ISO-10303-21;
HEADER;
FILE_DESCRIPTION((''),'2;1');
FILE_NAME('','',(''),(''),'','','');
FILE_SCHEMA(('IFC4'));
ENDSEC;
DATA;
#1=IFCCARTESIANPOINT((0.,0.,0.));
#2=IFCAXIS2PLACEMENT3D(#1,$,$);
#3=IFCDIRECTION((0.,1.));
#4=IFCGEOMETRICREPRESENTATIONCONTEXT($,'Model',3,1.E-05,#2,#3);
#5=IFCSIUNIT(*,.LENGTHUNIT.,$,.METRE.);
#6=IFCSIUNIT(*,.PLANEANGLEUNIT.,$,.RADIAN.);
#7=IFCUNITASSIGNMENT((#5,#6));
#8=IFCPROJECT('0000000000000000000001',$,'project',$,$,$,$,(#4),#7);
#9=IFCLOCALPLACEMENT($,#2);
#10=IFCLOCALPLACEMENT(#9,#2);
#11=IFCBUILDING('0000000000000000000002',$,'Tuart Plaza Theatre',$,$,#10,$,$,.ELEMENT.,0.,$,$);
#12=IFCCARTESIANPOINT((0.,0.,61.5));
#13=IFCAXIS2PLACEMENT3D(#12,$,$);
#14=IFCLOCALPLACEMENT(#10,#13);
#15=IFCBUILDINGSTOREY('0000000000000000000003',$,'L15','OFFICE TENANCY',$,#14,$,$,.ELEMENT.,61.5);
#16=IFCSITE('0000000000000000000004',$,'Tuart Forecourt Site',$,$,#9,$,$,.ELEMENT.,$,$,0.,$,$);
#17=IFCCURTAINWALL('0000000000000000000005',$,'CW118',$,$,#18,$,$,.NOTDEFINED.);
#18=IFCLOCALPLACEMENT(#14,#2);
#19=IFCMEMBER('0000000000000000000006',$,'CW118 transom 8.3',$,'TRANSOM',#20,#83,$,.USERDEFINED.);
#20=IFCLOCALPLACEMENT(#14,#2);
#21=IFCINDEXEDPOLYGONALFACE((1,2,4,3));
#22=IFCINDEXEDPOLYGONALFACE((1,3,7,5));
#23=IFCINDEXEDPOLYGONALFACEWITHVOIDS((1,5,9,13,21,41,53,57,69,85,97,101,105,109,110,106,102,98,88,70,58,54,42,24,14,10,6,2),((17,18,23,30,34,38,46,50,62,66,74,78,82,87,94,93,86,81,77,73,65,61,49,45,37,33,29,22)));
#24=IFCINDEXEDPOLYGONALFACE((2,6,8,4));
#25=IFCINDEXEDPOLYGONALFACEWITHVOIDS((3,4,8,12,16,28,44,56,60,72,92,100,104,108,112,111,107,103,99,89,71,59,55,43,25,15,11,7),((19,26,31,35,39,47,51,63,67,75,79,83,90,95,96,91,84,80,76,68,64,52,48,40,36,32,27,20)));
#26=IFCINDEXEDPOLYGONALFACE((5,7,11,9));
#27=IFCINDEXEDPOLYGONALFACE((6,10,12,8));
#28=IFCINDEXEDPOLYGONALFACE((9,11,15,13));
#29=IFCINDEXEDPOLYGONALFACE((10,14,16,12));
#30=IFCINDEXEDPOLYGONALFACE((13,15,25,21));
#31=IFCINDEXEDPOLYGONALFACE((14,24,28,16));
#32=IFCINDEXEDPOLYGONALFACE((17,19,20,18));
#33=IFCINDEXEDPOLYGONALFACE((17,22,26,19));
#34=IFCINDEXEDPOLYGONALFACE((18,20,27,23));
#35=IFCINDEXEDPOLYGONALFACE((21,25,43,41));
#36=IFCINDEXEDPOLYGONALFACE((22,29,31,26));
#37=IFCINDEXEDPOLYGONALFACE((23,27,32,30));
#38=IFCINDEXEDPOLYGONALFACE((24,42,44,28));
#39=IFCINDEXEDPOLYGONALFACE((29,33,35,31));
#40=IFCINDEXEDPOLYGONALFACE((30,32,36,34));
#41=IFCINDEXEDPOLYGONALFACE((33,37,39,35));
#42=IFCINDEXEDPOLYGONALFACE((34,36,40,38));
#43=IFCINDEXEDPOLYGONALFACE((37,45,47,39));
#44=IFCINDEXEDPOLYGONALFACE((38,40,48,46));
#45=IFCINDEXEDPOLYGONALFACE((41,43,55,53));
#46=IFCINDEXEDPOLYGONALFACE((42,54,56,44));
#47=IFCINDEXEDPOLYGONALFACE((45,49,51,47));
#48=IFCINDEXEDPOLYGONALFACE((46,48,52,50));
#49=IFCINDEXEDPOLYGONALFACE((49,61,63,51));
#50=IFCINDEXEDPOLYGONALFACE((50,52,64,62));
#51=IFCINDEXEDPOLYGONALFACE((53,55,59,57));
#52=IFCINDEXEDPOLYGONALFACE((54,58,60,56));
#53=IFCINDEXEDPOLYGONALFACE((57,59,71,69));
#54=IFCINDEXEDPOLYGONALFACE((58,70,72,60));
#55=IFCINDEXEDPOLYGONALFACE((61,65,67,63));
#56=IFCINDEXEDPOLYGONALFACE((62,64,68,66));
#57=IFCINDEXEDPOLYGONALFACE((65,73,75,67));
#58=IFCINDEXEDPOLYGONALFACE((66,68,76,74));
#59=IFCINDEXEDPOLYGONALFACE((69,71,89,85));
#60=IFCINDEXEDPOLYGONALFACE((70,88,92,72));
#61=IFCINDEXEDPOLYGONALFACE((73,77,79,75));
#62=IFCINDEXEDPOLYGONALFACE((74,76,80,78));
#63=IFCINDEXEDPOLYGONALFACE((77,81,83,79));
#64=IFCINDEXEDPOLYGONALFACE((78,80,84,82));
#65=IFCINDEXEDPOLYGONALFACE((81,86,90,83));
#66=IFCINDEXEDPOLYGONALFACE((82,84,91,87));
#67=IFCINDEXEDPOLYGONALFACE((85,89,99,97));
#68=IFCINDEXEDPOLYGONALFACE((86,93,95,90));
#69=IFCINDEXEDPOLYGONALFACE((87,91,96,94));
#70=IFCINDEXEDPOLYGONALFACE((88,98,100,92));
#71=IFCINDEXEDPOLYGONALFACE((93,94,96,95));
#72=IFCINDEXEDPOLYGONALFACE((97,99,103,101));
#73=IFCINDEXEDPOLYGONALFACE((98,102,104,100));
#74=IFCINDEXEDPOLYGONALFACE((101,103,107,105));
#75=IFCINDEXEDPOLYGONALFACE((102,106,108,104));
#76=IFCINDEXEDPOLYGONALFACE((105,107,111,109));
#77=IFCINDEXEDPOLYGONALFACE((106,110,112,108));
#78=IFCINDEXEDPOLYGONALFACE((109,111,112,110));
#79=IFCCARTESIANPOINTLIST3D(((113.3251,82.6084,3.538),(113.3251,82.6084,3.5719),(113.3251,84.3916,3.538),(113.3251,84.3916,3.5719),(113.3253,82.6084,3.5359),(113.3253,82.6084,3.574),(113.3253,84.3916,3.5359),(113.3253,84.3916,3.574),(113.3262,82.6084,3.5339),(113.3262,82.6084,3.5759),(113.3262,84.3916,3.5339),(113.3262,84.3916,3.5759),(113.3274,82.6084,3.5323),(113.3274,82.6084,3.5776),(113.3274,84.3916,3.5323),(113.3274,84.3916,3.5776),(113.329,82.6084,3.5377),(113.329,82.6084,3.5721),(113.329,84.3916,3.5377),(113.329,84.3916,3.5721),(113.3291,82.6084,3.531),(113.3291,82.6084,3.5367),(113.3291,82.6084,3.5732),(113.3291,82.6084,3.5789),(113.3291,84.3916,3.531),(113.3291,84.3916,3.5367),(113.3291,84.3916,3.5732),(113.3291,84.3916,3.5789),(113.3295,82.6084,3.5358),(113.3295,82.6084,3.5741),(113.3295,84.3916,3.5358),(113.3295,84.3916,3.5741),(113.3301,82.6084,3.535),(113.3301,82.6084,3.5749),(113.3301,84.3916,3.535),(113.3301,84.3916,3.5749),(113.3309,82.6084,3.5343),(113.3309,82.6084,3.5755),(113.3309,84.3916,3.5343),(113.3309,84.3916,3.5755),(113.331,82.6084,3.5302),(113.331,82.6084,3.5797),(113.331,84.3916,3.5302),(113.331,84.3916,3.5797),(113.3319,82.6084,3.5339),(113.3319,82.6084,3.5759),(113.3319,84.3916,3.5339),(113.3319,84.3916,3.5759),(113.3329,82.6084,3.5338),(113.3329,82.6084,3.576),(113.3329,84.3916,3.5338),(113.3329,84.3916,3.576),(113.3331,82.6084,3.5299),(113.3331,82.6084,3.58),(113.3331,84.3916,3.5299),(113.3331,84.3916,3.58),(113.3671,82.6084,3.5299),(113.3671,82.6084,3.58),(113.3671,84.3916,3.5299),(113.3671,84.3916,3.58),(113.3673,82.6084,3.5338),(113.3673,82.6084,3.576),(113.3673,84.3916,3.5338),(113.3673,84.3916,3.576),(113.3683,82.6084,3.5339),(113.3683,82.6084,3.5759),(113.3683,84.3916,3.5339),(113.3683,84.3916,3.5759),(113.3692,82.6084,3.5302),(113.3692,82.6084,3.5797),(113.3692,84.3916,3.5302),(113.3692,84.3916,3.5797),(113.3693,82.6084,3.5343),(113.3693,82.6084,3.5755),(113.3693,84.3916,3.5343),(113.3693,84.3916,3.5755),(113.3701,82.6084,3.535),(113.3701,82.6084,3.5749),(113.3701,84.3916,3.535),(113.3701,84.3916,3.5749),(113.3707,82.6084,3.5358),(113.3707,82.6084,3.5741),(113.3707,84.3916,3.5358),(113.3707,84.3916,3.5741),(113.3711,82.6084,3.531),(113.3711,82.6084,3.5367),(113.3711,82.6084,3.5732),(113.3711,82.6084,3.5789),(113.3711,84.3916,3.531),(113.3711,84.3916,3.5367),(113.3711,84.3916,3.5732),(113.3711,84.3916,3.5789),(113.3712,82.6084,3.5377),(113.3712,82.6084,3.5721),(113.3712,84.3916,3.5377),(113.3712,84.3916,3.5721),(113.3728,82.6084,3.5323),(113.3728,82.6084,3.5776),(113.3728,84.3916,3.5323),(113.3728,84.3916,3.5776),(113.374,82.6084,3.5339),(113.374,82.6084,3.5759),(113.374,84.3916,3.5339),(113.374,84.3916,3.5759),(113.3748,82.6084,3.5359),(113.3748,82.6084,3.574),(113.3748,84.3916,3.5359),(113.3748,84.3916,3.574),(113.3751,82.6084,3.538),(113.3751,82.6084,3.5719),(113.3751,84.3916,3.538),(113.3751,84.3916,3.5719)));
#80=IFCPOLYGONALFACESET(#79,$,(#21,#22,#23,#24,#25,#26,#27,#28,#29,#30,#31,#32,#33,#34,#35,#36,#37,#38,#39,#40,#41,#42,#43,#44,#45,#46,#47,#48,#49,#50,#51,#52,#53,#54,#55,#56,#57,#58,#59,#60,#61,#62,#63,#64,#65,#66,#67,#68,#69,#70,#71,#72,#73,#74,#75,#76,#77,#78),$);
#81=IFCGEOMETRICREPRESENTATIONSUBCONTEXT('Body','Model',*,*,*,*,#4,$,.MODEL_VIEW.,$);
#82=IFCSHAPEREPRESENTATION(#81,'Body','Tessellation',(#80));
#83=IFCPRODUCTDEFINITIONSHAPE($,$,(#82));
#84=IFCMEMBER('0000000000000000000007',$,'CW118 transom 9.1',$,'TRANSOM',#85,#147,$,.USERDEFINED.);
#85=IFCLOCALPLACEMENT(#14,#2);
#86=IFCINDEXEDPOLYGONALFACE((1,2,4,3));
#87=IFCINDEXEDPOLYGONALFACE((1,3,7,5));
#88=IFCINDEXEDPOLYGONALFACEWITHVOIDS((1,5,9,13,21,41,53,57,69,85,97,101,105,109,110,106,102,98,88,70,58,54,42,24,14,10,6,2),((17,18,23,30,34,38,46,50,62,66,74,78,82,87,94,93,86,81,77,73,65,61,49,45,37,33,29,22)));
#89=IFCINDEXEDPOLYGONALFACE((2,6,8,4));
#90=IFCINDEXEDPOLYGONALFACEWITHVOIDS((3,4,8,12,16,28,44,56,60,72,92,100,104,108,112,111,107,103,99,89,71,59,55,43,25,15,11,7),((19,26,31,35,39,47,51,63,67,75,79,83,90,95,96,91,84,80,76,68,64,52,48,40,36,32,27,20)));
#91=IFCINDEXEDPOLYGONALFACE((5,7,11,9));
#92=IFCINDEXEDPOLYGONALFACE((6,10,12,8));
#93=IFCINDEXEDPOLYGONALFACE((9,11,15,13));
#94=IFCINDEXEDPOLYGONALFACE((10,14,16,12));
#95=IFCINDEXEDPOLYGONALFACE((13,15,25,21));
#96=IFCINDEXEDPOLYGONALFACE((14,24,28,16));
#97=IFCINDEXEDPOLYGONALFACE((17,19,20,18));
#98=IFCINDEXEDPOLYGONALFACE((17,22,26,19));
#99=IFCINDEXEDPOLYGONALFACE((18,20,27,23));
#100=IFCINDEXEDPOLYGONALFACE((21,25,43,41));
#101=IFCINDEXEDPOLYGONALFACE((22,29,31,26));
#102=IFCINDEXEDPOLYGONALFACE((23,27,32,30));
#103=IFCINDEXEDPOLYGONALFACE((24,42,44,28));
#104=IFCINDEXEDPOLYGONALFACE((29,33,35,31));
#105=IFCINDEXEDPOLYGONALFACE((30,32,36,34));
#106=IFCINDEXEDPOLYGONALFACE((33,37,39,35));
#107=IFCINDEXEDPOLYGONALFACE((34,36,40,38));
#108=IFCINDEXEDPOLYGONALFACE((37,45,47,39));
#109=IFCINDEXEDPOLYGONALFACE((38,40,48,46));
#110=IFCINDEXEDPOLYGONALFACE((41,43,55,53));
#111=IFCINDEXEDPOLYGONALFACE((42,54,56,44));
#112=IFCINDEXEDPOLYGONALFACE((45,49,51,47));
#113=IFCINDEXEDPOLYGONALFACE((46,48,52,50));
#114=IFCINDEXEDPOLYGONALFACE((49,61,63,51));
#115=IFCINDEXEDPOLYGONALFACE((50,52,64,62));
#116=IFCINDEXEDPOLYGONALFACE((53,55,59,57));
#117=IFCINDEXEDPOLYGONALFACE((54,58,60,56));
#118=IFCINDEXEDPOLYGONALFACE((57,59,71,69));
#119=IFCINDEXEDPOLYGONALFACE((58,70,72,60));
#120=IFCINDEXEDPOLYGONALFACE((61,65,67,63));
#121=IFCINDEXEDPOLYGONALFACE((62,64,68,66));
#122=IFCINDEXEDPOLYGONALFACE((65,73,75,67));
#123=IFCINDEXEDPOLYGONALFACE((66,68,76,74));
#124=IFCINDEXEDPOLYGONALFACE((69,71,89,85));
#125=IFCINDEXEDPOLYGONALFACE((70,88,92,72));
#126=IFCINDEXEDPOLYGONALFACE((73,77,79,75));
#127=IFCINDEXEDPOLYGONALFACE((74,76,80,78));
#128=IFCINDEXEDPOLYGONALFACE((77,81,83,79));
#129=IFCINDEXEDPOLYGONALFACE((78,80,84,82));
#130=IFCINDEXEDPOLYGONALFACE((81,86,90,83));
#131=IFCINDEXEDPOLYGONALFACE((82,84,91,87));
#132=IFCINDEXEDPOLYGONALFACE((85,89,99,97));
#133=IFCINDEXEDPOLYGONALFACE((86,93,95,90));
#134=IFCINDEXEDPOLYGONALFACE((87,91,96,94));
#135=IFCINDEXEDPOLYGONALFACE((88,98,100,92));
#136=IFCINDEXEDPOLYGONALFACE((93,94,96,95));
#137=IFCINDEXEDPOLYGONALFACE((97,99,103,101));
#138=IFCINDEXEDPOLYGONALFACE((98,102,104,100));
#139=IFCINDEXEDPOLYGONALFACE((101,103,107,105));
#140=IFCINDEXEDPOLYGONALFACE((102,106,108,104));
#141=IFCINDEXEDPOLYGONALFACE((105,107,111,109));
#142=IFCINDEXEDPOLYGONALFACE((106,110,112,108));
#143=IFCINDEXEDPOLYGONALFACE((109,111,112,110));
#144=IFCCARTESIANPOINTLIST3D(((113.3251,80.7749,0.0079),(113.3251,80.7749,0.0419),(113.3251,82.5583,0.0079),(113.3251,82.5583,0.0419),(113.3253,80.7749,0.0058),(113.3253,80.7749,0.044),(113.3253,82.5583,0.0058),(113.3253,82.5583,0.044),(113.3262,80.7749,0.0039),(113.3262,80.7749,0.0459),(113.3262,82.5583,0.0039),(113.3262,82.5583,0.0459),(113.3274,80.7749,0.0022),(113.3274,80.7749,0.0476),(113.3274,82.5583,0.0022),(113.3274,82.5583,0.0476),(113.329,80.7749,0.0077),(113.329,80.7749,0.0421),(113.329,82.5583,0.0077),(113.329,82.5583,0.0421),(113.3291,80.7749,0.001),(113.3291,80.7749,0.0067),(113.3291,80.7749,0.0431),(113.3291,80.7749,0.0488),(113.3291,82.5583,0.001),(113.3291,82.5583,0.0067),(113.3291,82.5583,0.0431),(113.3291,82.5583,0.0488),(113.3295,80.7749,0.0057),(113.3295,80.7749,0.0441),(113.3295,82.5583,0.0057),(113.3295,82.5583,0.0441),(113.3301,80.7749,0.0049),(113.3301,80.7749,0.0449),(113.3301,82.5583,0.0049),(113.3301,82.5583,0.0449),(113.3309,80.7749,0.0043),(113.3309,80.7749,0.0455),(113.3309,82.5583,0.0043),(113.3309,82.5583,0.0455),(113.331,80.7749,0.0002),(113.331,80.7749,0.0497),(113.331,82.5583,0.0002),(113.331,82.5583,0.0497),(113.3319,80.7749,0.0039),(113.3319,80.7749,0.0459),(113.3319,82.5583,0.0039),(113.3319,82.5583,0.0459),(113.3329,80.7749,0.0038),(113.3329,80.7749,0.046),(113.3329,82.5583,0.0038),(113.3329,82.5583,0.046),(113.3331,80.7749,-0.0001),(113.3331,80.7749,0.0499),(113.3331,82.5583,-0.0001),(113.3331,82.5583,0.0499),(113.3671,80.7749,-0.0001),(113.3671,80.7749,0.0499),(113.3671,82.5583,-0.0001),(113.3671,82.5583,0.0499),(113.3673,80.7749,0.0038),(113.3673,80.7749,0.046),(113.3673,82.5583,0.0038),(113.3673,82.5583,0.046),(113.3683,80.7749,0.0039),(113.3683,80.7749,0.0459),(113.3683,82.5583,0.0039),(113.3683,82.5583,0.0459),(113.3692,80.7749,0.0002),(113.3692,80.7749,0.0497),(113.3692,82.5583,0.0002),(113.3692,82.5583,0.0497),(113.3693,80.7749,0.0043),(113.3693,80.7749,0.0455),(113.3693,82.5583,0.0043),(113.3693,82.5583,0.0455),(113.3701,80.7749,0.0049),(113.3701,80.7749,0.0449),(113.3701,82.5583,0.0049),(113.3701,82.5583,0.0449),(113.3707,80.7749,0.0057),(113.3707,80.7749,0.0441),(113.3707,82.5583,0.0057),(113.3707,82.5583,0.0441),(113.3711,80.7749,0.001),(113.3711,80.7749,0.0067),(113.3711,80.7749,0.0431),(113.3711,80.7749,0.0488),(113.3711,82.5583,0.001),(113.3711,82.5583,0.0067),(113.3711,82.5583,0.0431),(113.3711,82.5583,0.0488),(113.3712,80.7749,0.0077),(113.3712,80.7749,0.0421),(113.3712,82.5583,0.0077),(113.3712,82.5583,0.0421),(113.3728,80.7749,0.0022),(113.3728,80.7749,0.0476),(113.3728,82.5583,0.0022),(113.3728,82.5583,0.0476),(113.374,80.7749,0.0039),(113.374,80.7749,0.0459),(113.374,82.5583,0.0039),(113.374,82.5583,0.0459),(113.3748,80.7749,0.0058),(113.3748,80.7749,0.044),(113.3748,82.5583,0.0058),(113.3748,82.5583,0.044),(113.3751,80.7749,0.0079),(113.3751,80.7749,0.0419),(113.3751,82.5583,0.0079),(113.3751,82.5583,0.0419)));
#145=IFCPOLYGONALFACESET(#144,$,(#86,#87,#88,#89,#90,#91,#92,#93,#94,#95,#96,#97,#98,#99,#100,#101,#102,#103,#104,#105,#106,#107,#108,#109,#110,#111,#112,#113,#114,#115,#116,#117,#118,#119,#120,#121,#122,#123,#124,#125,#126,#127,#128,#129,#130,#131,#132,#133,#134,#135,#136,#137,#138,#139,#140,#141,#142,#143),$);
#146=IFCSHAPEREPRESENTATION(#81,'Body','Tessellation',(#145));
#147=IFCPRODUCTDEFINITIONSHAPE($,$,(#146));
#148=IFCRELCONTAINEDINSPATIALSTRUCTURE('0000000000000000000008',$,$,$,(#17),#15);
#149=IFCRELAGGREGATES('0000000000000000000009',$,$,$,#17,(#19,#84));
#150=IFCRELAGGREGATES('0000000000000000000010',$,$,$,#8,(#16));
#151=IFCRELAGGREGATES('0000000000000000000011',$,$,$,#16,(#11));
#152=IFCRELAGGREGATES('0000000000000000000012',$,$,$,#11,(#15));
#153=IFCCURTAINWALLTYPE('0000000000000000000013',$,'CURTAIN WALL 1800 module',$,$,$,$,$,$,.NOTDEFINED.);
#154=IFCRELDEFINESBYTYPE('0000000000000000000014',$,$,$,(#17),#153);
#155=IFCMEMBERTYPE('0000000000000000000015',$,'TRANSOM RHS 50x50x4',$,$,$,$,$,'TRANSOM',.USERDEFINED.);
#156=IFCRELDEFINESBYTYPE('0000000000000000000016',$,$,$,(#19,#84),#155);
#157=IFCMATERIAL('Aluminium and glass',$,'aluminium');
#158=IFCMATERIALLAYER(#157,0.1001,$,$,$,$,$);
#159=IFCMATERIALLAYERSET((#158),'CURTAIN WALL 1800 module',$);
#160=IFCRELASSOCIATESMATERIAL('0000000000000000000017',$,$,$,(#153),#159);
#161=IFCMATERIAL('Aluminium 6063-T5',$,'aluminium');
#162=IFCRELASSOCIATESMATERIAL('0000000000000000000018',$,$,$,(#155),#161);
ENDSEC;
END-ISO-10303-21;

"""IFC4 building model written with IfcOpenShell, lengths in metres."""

from ifc_helpers import new_model, si_unit, direction, frame, origin, origin_2d, place, context, subcontext, project, spatial, hollow_rectangle, extrude, material, layer, layer_set, material_profile, profile_set, type_object, element, aggregate, save


model = new_model("IFC4")

# Units and contexts
model_context = context("Model", 3, precision=1e-05, world=origin(), true_north=direction((0.0, 1.0)))
body_context = subcontext(model_context, "Body", "Model", "MODEL_VIEW")
ifc_project = project(units=[si_unit("LENGTHUNIT", "METRE"), si_unit("PLANEANGLEUNIT", "RADIAN")], contexts=[model_context])

# Site, building, storey
site_placement = place(None, origin())
site = spatial("IfcSite", under=ifc_project, at=site_placement, Name="Tuart Forecourt Site", CompositionType="ELEMENT", RefElevation=0.0)
building_placement = place(site_placement, origin())
building = spatial("IfcBuilding", under=site, at=building_placement, Name="Tuart Plaza Theatre", CompositionType="ELEMENT", ElevationOfRefHeight=0.0)
storey_placement = place(building_placement, frame((0.0, 0.0, 61.5)))
storey = spatial("IfcBuildingStorey", under=building, at=storey_placement, Name="L15", Description="OFFICE TENANCY", CompositionType="ELEMENT", Elevation=61.5)

# Curtain wall, members
ifc_material_1 = material(Name="Aluminium and glass", Category="aluminium")
ifc_layer_1 = layer(ifc_material_1, 0.1001)
ifc_layer_set_1 = layer_set([ifc_layer_1], Name="CURTAIN WALL 1800 module")
curtain_wall_type = type_object("IfcCurtainWallType", Name="CURTAIN WALL 1800 module", PredefinedType="NOTDEFINED", material=ifc_layer_set_1)
curtain_wall_placement = place(storey_placement, origin())
curtain_wall = element("IfcCurtainWall", 1, at=curtain_wall_placement, inside=storey, type_object=curtain_wall_type, Name="CW118", PredefinedType="NOTDEFINED")
ifc_material_2 = material(Name="Aluminium 6063-T5", Category="aluminium")
ifc_material_profile = material_profile(ifc_material_2, hollow_rectangle(XDim=0.05, YDim=0.05, WallThickness=0.0039, InnerFilletRadius=0.0039, OuterFilletRadius=0.0081, at=origin_2d()), Name="RHS 50x50x4")
ifc_profile_set = profile_set([ifc_material_profile], Name="Aluminium 6063-T5")
member_type = type_object("IfcMemberType", Name="TRANSOM RHS 50x50x4", ElementType="TRANSOM", PredefinedType="USERDEFINED", material=ifc_profile_set)
member_1_placement = place(storey_placement, frame((113.3501, 84.3916, 3.5549), z_axis=(0.0, -1.0, 0.0), x_axis=(1.0, 0.0, 0.0)))
member_1 = element("IfcMember", 2, at=member_1_placement, type_object=member_type, Name="CW118 transom 8.3", ObjectType="TRANSOM", PredefinedType="USERDEFINED", context=body_context, shape_type="SweptSolid", body=[
    extrude(hollow_rectangle(XDim=0.05, YDim=0.05, WallThickness=0.0039, InnerFilletRadius=0.0039, OuterFilletRadius=0.0081, at=origin_2d()), origin(), (0.0, 0.0, 1.0), 1.7832),
])
member_2_placement = place(storey_placement, frame((113.3501, 82.5583, 0.0249), z_axis=(0.0, -1.0, 0.0), x_axis=(1.0, 0.0, 0.0)))
member_2 = element("IfcMember", 3, at=member_2_placement, type_object=member_type, Name="CW118 transom 9.1", ObjectType="TRANSOM", PredefinedType="USERDEFINED", context=body_context, shape_type="SweptSolid", body=[
    extrude(hollow_rectangle(XDim=0.05, YDim=0.05, WallThickness=0.0039, InnerFilletRadius=0.0039, OuterFilletRadius=0.0081, at=origin_2d()), origin(), (0.0, 0.0, 1.0), 1.7834),
])
aggregate(curtain_wall, [member_1, member_2])

save(model, "model.ifc")
